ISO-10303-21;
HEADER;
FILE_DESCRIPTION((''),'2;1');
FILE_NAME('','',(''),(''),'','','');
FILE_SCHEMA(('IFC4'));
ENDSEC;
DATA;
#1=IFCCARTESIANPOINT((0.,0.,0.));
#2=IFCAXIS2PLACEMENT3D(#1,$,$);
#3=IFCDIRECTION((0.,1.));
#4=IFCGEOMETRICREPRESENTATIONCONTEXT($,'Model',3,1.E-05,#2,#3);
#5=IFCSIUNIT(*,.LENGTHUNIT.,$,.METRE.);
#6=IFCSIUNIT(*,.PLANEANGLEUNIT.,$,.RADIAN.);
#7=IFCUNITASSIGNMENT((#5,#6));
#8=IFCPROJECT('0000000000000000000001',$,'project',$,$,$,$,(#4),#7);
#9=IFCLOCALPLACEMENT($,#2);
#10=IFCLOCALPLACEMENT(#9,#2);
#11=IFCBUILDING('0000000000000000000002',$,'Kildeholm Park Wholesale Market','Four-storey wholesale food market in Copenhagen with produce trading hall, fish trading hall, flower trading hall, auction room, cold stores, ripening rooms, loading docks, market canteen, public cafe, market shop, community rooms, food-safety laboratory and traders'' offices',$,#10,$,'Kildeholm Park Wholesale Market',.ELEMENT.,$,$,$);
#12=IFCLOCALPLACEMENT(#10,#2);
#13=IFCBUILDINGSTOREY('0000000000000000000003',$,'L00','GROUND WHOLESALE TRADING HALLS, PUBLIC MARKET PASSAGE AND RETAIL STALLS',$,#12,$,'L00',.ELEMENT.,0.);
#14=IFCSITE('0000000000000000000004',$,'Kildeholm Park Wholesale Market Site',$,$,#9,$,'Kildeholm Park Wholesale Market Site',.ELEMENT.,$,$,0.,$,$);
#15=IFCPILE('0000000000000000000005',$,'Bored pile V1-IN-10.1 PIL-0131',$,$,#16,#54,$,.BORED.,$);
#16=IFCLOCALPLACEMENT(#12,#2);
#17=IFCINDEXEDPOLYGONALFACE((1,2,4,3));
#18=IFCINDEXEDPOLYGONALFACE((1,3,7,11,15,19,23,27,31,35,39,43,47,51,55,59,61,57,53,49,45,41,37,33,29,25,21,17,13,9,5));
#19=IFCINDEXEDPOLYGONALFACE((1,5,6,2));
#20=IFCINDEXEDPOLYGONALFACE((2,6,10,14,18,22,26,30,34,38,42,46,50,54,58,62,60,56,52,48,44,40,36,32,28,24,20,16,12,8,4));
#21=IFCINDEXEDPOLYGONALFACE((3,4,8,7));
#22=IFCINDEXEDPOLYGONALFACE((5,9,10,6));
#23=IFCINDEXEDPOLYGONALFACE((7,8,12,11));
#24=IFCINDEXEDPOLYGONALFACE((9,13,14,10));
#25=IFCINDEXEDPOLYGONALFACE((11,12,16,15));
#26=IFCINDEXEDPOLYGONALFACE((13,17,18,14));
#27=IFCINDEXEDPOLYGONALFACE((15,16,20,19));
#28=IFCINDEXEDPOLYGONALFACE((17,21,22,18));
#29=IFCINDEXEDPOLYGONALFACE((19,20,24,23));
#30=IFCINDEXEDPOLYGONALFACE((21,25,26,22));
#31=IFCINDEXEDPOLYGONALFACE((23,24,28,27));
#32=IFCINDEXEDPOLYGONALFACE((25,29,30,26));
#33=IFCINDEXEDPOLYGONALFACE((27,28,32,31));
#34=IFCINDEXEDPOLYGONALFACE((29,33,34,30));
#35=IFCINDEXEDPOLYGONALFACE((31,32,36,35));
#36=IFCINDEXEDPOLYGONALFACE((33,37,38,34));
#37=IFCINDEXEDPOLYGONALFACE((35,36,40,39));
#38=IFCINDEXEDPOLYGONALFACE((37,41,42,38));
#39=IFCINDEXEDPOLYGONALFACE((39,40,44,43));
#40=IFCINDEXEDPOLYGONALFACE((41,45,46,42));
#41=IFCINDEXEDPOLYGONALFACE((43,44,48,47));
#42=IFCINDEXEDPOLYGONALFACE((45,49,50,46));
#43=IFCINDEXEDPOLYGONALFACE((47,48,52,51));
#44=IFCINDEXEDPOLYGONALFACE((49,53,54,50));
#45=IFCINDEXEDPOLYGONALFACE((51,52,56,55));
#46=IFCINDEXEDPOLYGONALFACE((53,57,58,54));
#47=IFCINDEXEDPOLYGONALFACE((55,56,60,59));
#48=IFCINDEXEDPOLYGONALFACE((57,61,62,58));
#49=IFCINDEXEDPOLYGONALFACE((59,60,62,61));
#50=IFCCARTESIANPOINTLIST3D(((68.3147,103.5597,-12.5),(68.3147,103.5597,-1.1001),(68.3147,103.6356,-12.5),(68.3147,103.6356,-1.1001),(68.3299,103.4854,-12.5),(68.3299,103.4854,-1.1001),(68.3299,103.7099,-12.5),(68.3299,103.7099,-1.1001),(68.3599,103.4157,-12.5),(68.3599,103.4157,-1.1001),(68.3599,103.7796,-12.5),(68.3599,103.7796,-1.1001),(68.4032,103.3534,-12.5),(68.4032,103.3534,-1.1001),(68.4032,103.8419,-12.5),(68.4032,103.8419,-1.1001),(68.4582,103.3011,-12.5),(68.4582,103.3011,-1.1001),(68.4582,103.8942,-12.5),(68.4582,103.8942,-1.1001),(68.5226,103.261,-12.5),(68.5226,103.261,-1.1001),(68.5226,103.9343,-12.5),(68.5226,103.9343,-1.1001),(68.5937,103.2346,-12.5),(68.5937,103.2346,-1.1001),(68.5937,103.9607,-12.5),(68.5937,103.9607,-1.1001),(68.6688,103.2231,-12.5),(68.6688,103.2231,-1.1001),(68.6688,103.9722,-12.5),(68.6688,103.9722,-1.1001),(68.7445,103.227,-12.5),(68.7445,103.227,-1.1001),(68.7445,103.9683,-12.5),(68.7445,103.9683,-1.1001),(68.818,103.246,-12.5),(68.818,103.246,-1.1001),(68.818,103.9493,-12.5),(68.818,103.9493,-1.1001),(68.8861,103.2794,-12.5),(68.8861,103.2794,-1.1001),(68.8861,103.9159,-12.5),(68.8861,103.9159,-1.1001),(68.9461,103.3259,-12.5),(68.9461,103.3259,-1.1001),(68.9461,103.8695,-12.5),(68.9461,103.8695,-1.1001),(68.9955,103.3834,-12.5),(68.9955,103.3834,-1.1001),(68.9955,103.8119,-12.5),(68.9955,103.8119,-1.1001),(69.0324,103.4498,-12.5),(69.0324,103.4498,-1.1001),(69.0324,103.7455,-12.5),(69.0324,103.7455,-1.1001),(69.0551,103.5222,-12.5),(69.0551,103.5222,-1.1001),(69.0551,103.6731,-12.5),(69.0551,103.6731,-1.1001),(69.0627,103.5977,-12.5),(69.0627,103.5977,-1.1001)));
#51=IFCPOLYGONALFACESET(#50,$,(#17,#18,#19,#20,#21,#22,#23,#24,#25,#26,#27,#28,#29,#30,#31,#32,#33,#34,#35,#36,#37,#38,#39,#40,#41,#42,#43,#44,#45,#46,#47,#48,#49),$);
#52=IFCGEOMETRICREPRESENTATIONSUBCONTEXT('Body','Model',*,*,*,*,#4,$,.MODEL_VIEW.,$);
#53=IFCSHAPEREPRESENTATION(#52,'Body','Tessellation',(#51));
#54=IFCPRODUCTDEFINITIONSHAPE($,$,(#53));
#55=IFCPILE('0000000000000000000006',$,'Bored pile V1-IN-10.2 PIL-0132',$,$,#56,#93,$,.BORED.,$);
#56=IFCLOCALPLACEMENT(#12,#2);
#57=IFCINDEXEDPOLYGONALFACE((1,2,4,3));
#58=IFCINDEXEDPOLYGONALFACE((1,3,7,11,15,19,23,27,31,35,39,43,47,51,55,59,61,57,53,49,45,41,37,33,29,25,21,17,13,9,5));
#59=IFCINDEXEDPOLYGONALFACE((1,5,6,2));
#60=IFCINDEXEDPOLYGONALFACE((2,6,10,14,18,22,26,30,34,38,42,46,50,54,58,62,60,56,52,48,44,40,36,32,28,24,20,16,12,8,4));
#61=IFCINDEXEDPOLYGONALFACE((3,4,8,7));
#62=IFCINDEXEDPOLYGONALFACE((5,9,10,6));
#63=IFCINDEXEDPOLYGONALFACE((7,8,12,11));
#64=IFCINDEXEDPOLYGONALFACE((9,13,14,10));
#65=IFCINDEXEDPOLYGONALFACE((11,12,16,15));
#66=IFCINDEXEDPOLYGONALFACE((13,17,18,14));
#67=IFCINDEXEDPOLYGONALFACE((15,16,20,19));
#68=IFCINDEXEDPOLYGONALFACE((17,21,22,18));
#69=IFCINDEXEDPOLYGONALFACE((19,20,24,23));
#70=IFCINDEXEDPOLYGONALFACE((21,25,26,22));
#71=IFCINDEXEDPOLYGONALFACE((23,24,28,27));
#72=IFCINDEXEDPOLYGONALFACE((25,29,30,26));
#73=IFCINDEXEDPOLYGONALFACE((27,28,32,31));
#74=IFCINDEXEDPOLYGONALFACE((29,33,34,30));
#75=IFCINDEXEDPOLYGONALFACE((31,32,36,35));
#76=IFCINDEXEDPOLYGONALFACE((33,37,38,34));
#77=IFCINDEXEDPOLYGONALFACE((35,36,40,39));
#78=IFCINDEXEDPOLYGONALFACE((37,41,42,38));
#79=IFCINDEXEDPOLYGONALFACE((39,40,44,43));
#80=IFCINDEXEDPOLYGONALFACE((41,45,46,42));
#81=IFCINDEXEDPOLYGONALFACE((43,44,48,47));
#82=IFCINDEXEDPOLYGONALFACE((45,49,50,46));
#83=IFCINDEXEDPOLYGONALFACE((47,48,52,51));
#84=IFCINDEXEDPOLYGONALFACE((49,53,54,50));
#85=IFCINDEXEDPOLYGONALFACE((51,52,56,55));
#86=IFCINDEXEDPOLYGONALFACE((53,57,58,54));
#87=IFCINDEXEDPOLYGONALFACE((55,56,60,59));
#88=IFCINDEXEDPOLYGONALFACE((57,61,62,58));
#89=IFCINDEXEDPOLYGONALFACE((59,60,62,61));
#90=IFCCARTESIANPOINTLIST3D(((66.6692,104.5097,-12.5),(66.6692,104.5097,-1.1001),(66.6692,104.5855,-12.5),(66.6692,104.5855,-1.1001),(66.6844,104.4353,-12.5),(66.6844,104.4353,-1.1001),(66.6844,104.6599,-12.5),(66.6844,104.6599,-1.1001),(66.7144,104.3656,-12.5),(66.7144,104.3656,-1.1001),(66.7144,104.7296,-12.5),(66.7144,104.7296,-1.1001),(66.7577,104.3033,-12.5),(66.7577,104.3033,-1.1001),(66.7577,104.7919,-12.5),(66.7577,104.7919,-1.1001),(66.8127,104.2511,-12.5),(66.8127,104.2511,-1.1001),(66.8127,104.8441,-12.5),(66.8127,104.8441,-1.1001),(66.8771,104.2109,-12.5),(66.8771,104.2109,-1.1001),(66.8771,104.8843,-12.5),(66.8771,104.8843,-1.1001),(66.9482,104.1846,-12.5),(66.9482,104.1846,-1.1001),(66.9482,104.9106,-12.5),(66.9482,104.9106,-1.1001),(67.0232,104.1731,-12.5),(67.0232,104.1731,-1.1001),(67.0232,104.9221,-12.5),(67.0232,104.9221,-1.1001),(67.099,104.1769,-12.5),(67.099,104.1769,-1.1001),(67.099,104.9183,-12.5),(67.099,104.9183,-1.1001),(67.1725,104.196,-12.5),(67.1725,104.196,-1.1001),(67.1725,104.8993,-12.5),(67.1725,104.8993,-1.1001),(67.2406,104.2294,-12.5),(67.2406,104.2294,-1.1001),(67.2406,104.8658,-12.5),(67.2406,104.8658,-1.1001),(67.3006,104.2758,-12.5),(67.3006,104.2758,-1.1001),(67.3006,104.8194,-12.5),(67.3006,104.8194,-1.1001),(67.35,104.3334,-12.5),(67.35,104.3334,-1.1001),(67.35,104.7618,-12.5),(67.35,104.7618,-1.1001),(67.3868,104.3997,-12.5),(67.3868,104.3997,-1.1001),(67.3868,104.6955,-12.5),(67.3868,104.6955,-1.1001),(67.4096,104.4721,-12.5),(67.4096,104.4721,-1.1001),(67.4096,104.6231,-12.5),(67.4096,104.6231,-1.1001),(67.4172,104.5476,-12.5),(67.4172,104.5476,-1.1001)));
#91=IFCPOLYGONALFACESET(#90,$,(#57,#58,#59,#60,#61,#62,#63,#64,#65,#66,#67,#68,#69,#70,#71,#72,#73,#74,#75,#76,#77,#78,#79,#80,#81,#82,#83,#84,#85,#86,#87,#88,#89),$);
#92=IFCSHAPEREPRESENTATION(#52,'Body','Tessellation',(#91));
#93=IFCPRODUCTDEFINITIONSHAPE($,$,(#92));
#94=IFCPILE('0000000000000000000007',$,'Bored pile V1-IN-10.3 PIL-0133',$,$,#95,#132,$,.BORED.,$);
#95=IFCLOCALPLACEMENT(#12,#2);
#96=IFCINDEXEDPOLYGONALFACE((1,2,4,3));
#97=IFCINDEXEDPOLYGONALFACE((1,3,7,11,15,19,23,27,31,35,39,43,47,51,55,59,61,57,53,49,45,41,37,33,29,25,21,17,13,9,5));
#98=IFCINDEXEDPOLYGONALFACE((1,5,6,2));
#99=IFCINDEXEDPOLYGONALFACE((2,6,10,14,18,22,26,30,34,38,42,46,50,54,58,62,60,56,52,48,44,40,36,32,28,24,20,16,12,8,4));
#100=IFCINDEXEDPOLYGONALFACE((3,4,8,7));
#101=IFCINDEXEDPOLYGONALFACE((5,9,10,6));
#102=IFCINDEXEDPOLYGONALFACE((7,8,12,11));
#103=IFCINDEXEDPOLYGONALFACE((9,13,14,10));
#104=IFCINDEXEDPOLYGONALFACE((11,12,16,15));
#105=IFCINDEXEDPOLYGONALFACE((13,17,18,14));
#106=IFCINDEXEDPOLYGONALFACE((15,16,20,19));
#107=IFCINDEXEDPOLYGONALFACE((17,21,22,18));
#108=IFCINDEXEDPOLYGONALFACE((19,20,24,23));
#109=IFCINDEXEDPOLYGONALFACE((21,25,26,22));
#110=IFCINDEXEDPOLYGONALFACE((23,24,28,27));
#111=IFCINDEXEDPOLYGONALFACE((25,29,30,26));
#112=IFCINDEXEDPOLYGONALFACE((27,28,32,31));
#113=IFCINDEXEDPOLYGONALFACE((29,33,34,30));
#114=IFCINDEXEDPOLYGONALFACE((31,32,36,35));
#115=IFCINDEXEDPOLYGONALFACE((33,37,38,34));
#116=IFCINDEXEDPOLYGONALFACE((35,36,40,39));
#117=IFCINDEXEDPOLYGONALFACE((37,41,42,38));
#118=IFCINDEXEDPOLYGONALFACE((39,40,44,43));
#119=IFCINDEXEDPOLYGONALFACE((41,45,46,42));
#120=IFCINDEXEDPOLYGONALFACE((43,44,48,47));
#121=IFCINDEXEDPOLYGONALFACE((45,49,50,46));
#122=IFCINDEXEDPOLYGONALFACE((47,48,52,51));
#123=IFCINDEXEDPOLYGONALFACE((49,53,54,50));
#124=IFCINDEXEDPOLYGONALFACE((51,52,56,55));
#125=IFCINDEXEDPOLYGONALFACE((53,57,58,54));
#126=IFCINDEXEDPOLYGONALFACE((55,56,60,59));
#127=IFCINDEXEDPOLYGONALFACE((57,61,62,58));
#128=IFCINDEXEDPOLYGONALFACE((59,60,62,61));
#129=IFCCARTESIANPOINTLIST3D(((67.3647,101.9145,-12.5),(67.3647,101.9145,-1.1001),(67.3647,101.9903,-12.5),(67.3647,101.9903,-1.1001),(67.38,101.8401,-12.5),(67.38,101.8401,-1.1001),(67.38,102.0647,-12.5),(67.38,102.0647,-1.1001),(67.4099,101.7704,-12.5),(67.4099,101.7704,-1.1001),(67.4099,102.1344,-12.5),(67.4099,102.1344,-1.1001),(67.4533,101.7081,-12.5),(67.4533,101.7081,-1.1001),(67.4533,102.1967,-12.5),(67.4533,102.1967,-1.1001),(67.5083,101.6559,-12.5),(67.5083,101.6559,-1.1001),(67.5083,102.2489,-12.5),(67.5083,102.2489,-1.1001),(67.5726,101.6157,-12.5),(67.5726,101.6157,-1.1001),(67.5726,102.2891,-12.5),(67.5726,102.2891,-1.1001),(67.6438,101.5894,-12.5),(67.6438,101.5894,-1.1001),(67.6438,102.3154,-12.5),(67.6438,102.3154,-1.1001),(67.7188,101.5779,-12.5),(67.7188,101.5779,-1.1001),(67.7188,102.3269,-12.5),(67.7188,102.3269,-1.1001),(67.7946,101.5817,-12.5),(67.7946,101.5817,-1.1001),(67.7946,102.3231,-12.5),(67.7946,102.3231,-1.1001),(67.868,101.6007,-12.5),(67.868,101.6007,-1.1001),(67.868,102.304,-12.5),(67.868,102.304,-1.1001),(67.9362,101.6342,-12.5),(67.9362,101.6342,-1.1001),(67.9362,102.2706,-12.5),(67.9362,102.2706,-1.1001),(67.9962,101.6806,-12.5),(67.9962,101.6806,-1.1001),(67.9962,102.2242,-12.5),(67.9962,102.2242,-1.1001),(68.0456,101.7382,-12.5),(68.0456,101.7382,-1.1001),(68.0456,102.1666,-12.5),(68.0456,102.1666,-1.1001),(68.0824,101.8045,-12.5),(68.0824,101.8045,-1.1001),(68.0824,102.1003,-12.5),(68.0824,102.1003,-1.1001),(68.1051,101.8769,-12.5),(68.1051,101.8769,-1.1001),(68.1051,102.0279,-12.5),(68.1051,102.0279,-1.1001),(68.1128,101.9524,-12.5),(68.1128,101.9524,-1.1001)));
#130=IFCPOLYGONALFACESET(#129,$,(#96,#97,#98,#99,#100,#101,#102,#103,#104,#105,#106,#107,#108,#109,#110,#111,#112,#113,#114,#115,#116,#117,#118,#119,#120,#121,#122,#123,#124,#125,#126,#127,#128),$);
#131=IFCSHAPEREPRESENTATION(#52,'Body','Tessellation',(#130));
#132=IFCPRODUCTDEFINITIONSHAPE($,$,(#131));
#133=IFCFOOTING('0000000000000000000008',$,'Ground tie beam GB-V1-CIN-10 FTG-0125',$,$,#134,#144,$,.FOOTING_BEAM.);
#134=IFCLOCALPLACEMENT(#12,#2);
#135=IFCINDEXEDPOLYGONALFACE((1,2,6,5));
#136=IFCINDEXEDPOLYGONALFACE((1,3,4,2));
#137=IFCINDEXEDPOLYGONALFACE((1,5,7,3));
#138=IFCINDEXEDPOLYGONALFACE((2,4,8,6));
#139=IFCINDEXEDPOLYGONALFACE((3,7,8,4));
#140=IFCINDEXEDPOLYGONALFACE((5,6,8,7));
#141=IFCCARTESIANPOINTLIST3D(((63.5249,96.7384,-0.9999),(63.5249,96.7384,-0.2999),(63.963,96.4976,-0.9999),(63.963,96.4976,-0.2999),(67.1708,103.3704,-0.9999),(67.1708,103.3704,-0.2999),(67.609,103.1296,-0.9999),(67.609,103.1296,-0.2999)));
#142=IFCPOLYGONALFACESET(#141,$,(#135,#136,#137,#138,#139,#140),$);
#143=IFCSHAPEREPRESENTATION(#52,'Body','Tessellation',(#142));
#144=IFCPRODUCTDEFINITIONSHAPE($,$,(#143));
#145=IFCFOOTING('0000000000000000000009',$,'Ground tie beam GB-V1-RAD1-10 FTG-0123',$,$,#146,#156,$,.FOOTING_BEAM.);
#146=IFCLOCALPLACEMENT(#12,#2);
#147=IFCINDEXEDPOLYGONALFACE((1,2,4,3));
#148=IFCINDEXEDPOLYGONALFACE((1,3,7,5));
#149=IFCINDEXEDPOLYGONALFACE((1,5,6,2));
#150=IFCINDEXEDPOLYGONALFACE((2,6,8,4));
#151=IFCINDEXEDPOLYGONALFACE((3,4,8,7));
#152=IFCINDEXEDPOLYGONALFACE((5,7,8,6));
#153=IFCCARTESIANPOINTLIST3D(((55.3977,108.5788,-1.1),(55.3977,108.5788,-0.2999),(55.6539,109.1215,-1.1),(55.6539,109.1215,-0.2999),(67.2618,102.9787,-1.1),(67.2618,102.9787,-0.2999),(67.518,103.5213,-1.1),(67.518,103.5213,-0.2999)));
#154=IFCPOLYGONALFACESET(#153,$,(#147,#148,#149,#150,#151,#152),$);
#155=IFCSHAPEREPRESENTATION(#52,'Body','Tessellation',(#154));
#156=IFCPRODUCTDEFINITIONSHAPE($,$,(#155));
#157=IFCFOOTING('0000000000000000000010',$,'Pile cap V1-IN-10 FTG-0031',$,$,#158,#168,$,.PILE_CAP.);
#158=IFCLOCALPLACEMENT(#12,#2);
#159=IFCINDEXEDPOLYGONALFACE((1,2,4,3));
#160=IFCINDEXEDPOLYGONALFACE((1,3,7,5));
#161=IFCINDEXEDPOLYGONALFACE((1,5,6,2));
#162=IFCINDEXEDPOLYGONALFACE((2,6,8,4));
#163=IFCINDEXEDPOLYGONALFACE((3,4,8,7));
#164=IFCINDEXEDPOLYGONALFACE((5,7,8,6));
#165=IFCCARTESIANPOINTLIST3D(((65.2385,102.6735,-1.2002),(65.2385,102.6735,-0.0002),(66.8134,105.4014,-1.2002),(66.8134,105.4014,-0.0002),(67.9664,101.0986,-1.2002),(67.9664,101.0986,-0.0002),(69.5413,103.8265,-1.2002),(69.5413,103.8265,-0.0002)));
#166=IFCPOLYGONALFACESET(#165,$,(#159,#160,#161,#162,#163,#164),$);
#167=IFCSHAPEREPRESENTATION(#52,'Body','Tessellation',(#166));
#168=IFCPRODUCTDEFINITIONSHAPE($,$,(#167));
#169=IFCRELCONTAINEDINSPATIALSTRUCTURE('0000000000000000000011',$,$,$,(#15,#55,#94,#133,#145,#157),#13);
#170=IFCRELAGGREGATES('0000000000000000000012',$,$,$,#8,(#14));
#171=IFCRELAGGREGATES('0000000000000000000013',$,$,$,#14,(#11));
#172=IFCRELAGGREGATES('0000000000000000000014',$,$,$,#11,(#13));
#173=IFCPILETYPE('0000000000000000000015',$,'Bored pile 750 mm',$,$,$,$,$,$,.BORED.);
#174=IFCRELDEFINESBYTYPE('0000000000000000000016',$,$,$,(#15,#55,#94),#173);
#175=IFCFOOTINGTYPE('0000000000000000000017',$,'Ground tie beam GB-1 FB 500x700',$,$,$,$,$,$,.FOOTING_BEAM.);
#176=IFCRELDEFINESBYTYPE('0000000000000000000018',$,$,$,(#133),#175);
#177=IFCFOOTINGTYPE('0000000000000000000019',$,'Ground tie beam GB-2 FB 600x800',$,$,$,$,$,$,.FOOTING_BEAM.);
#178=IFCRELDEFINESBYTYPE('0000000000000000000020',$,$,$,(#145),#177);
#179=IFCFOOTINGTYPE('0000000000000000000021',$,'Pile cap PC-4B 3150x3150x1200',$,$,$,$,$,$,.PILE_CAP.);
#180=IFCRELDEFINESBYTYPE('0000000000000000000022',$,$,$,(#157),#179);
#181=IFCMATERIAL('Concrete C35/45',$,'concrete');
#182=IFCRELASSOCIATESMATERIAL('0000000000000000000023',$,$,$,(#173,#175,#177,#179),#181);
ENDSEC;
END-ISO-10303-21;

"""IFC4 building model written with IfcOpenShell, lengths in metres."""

from ifc_helpers import new_model, si_unit, direction, frame, origin, origin_2d, place, context, subcontext, project, spatial, rectangle, circle, extrude, material, material_profile, profile_set, type_object, element, save


model = new_model("IFC4")

# Units and contexts
model_context = context("Model", 3, precision=1e-05, world=origin(), true_north=direction((0.0, 1.0)))
body_context = subcontext(model_context, "Body", "Model", "MODEL_VIEW")
ifc_project = project(units=[si_unit("LENGTHUNIT", "METRE"), si_unit("PLANEANGLEUNIT", "RADIAN")], contexts=[model_context])

# Site, building, storey
site_placement = place(None, origin())
site = spatial("IfcSite", under=ifc_project, at=site_placement, Name="Kildeholm Park Wholesale Market Site", LongName="Kildeholm Park Wholesale Market Site", CompositionType="ELEMENT", RefElevation=0.0)
building_placement = place(site_placement, origin())
building = spatial("IfcBuilding", under=site, at=building_placement, Name="Kildeholm Park Wholesale Market", Description="Four-storey wholesale food market in Copenhagen with produce trading hall, fish trading hall, flower trading hall, auction room, cold stores, ripening rooms, loading docks, market canteen, public cafe, market shop, community rooms, food-safety laboratory and traders' offices", LongName="Kildeholm Park Wholesale Market", CompositionType="ELEMENT")
storey_placement = place(building_placement, origin())
storey = spatial("IfcBuildingStorey", under=building, at=storey_placement, Name="L00", Description="GROUND WHOLESALE TRADING HALLS, PUBLIC MARKET PASSAGE AND RETAIL STALLS", LongName="L00", CompositionType="ELEMENT", Elevation=0.0)

# Piles
ifc_material_1 = material(Name="Concrete C35/45", Category="concrete")
ifc_material_profile_1 = material_profile(ifc_material_1, circle(Radius=0.375, at=origin_2d()), Name="PILE D750")
ifc_profile_set_1 = profile_set([ifc_material_profile_1], Name="Concrete C35/45")
pile_type = type_object("IfcPileType", Name="Bored pile 750 mm", PredefinedType="BORED", material=ifc_profile_set_1)
for number, where, z_axis, x_axis, name in (
    (1, (68.6877, 103.5977, -1.1001), (0.0, 0.0, -1.0), (1.0, 0.0, 0.0), "Bored pile V1-IN-10.1 PIL-0131"),
    (2, (67.0422, 104.5476, -1.1001), (0.0, 0.0, -1.0), (1.0, 0.0, 0.0), "Bored pile V1-IN-10.2 PIL-0132"),
    (3, (67.7378, 101.9524, -1.1001), (0.0, 0.0, -1.0), (1.0, 0.0, 0.0), "Bored pile V1-IN-10.3 PIL-0133"),
):
    element("IfcPile", number, at=place(storey_placement, frame(where, z_axis=z_axis, x_axis=x_axis)), inside=storey, type_object=pile_type, Name=name, PredefinedType="BORED", context=body_context, shape_type="SweptSolid", body=[
        extrude(circle(Radius=0.375, at=origin_2d()), origin(), (0.0, 0.0, 1.0), 11.3999),
    ])

# Footings
ifc_material_profile_2 = material_profile(ifc_material_1, rectangle(XDim=0.5, YDim=0.7, at=origin_2d()), Name="FB 500x700")
ifc_profile_set_2 = profile_set([ifc_material_profile_2], Name="Concrete C35/45")
footing_type_1 = type_object("IfcFootingType", Name="Ground tie beam GB-1 FB 500x700", PredefinedType="FOOTING_BEAM", material=ifc_profile_set_2)
footing_1_placement = place(storey_placement, frame((67.3899, 103.25, -0.6499), z_axis=(-0.481752, -0.876308, 0.0), x_axis=(0.876308, -0.481752, 0.0)))
element("IfcFooting", 4, at=footing_1_placement, inside=storey, type_object=footing_type_1, Name="Ground tie beam GB-V1-CIN-10 FTG-0125", PredefinedType="FOOTING_BEAM", context=body_context, shape_type="SweptSolid", body=[
    extrude(rectangle(XDim=0.5, YDim=0.7, at=origin_2d()), origin(), (0.0, 0.0, 1.0), 7.5681),
])
ifc_material_profile_3 = material_profile(ifc_material_1, rectangle(XDim=0.6001, YDim=0.8, at=origin_2d()), Name="FB 600x800")
ifc_profile_set_3 = profile_set([ifc_material_profile_3], Name="Concrete C35/45")
footing_type_2 = type_object("IfcFootingType", Name="Ground tie beam GB-2 FB 600x800", PredefinedType="FOOTING_BEAM", material=ifc_profile_set_3)
footing_2_placement = place(storey_placement, frame((67.3899, 103.25, -0.7), z_axis=(-0.904318, 0.42686, 0.0), x_axis=(-0.42686, -0.904318, 0.0)))
element("IfcFooting", 5, at=footing_2_placement, inside=storey, type_object=footing_type_2, Name="Ground tie beam GB-V1-RAD1-10 FTG-0123", PredefinedType="FOOTING_BEAM", context=body_context, shape_type="SweptSolid", body=[
    extrude(rectangle(XDim=0.6001, YDim=0.8, at=origin_2d()), origin(), (0.0, 0.0, 1.0), 13.1194),
])
footing_type_3 = type_object("IfcFootingType", Name="Pile cap PC-4B 3150x3150x1200", PredefinedType="PILE_CAP", material=ifc_material_1)
footing_3_placement = place(storey_placement, frame((67.3899, 103.25, -1.2002), z_axis=(0.0, 0.0, 1.0), x_axis=(-0.866025, 0.5, 0.0)))
element("IfcFooting", 6, at=footing_3_placement, inside=storey, type_object=footing_type_3, Name="Pile cap V1-IN-10 FTG-0031", PredefinedType="PILE_CAP", context=body_context, shape_type="SweptSolid", body=[
    extrude(rectangle(XDim=3.1499, YDim=3.1499, at=origin_2d()), origin(), (0.0, 0.0, 1.0), 1.2),
])

save(model, "model.ifc")
